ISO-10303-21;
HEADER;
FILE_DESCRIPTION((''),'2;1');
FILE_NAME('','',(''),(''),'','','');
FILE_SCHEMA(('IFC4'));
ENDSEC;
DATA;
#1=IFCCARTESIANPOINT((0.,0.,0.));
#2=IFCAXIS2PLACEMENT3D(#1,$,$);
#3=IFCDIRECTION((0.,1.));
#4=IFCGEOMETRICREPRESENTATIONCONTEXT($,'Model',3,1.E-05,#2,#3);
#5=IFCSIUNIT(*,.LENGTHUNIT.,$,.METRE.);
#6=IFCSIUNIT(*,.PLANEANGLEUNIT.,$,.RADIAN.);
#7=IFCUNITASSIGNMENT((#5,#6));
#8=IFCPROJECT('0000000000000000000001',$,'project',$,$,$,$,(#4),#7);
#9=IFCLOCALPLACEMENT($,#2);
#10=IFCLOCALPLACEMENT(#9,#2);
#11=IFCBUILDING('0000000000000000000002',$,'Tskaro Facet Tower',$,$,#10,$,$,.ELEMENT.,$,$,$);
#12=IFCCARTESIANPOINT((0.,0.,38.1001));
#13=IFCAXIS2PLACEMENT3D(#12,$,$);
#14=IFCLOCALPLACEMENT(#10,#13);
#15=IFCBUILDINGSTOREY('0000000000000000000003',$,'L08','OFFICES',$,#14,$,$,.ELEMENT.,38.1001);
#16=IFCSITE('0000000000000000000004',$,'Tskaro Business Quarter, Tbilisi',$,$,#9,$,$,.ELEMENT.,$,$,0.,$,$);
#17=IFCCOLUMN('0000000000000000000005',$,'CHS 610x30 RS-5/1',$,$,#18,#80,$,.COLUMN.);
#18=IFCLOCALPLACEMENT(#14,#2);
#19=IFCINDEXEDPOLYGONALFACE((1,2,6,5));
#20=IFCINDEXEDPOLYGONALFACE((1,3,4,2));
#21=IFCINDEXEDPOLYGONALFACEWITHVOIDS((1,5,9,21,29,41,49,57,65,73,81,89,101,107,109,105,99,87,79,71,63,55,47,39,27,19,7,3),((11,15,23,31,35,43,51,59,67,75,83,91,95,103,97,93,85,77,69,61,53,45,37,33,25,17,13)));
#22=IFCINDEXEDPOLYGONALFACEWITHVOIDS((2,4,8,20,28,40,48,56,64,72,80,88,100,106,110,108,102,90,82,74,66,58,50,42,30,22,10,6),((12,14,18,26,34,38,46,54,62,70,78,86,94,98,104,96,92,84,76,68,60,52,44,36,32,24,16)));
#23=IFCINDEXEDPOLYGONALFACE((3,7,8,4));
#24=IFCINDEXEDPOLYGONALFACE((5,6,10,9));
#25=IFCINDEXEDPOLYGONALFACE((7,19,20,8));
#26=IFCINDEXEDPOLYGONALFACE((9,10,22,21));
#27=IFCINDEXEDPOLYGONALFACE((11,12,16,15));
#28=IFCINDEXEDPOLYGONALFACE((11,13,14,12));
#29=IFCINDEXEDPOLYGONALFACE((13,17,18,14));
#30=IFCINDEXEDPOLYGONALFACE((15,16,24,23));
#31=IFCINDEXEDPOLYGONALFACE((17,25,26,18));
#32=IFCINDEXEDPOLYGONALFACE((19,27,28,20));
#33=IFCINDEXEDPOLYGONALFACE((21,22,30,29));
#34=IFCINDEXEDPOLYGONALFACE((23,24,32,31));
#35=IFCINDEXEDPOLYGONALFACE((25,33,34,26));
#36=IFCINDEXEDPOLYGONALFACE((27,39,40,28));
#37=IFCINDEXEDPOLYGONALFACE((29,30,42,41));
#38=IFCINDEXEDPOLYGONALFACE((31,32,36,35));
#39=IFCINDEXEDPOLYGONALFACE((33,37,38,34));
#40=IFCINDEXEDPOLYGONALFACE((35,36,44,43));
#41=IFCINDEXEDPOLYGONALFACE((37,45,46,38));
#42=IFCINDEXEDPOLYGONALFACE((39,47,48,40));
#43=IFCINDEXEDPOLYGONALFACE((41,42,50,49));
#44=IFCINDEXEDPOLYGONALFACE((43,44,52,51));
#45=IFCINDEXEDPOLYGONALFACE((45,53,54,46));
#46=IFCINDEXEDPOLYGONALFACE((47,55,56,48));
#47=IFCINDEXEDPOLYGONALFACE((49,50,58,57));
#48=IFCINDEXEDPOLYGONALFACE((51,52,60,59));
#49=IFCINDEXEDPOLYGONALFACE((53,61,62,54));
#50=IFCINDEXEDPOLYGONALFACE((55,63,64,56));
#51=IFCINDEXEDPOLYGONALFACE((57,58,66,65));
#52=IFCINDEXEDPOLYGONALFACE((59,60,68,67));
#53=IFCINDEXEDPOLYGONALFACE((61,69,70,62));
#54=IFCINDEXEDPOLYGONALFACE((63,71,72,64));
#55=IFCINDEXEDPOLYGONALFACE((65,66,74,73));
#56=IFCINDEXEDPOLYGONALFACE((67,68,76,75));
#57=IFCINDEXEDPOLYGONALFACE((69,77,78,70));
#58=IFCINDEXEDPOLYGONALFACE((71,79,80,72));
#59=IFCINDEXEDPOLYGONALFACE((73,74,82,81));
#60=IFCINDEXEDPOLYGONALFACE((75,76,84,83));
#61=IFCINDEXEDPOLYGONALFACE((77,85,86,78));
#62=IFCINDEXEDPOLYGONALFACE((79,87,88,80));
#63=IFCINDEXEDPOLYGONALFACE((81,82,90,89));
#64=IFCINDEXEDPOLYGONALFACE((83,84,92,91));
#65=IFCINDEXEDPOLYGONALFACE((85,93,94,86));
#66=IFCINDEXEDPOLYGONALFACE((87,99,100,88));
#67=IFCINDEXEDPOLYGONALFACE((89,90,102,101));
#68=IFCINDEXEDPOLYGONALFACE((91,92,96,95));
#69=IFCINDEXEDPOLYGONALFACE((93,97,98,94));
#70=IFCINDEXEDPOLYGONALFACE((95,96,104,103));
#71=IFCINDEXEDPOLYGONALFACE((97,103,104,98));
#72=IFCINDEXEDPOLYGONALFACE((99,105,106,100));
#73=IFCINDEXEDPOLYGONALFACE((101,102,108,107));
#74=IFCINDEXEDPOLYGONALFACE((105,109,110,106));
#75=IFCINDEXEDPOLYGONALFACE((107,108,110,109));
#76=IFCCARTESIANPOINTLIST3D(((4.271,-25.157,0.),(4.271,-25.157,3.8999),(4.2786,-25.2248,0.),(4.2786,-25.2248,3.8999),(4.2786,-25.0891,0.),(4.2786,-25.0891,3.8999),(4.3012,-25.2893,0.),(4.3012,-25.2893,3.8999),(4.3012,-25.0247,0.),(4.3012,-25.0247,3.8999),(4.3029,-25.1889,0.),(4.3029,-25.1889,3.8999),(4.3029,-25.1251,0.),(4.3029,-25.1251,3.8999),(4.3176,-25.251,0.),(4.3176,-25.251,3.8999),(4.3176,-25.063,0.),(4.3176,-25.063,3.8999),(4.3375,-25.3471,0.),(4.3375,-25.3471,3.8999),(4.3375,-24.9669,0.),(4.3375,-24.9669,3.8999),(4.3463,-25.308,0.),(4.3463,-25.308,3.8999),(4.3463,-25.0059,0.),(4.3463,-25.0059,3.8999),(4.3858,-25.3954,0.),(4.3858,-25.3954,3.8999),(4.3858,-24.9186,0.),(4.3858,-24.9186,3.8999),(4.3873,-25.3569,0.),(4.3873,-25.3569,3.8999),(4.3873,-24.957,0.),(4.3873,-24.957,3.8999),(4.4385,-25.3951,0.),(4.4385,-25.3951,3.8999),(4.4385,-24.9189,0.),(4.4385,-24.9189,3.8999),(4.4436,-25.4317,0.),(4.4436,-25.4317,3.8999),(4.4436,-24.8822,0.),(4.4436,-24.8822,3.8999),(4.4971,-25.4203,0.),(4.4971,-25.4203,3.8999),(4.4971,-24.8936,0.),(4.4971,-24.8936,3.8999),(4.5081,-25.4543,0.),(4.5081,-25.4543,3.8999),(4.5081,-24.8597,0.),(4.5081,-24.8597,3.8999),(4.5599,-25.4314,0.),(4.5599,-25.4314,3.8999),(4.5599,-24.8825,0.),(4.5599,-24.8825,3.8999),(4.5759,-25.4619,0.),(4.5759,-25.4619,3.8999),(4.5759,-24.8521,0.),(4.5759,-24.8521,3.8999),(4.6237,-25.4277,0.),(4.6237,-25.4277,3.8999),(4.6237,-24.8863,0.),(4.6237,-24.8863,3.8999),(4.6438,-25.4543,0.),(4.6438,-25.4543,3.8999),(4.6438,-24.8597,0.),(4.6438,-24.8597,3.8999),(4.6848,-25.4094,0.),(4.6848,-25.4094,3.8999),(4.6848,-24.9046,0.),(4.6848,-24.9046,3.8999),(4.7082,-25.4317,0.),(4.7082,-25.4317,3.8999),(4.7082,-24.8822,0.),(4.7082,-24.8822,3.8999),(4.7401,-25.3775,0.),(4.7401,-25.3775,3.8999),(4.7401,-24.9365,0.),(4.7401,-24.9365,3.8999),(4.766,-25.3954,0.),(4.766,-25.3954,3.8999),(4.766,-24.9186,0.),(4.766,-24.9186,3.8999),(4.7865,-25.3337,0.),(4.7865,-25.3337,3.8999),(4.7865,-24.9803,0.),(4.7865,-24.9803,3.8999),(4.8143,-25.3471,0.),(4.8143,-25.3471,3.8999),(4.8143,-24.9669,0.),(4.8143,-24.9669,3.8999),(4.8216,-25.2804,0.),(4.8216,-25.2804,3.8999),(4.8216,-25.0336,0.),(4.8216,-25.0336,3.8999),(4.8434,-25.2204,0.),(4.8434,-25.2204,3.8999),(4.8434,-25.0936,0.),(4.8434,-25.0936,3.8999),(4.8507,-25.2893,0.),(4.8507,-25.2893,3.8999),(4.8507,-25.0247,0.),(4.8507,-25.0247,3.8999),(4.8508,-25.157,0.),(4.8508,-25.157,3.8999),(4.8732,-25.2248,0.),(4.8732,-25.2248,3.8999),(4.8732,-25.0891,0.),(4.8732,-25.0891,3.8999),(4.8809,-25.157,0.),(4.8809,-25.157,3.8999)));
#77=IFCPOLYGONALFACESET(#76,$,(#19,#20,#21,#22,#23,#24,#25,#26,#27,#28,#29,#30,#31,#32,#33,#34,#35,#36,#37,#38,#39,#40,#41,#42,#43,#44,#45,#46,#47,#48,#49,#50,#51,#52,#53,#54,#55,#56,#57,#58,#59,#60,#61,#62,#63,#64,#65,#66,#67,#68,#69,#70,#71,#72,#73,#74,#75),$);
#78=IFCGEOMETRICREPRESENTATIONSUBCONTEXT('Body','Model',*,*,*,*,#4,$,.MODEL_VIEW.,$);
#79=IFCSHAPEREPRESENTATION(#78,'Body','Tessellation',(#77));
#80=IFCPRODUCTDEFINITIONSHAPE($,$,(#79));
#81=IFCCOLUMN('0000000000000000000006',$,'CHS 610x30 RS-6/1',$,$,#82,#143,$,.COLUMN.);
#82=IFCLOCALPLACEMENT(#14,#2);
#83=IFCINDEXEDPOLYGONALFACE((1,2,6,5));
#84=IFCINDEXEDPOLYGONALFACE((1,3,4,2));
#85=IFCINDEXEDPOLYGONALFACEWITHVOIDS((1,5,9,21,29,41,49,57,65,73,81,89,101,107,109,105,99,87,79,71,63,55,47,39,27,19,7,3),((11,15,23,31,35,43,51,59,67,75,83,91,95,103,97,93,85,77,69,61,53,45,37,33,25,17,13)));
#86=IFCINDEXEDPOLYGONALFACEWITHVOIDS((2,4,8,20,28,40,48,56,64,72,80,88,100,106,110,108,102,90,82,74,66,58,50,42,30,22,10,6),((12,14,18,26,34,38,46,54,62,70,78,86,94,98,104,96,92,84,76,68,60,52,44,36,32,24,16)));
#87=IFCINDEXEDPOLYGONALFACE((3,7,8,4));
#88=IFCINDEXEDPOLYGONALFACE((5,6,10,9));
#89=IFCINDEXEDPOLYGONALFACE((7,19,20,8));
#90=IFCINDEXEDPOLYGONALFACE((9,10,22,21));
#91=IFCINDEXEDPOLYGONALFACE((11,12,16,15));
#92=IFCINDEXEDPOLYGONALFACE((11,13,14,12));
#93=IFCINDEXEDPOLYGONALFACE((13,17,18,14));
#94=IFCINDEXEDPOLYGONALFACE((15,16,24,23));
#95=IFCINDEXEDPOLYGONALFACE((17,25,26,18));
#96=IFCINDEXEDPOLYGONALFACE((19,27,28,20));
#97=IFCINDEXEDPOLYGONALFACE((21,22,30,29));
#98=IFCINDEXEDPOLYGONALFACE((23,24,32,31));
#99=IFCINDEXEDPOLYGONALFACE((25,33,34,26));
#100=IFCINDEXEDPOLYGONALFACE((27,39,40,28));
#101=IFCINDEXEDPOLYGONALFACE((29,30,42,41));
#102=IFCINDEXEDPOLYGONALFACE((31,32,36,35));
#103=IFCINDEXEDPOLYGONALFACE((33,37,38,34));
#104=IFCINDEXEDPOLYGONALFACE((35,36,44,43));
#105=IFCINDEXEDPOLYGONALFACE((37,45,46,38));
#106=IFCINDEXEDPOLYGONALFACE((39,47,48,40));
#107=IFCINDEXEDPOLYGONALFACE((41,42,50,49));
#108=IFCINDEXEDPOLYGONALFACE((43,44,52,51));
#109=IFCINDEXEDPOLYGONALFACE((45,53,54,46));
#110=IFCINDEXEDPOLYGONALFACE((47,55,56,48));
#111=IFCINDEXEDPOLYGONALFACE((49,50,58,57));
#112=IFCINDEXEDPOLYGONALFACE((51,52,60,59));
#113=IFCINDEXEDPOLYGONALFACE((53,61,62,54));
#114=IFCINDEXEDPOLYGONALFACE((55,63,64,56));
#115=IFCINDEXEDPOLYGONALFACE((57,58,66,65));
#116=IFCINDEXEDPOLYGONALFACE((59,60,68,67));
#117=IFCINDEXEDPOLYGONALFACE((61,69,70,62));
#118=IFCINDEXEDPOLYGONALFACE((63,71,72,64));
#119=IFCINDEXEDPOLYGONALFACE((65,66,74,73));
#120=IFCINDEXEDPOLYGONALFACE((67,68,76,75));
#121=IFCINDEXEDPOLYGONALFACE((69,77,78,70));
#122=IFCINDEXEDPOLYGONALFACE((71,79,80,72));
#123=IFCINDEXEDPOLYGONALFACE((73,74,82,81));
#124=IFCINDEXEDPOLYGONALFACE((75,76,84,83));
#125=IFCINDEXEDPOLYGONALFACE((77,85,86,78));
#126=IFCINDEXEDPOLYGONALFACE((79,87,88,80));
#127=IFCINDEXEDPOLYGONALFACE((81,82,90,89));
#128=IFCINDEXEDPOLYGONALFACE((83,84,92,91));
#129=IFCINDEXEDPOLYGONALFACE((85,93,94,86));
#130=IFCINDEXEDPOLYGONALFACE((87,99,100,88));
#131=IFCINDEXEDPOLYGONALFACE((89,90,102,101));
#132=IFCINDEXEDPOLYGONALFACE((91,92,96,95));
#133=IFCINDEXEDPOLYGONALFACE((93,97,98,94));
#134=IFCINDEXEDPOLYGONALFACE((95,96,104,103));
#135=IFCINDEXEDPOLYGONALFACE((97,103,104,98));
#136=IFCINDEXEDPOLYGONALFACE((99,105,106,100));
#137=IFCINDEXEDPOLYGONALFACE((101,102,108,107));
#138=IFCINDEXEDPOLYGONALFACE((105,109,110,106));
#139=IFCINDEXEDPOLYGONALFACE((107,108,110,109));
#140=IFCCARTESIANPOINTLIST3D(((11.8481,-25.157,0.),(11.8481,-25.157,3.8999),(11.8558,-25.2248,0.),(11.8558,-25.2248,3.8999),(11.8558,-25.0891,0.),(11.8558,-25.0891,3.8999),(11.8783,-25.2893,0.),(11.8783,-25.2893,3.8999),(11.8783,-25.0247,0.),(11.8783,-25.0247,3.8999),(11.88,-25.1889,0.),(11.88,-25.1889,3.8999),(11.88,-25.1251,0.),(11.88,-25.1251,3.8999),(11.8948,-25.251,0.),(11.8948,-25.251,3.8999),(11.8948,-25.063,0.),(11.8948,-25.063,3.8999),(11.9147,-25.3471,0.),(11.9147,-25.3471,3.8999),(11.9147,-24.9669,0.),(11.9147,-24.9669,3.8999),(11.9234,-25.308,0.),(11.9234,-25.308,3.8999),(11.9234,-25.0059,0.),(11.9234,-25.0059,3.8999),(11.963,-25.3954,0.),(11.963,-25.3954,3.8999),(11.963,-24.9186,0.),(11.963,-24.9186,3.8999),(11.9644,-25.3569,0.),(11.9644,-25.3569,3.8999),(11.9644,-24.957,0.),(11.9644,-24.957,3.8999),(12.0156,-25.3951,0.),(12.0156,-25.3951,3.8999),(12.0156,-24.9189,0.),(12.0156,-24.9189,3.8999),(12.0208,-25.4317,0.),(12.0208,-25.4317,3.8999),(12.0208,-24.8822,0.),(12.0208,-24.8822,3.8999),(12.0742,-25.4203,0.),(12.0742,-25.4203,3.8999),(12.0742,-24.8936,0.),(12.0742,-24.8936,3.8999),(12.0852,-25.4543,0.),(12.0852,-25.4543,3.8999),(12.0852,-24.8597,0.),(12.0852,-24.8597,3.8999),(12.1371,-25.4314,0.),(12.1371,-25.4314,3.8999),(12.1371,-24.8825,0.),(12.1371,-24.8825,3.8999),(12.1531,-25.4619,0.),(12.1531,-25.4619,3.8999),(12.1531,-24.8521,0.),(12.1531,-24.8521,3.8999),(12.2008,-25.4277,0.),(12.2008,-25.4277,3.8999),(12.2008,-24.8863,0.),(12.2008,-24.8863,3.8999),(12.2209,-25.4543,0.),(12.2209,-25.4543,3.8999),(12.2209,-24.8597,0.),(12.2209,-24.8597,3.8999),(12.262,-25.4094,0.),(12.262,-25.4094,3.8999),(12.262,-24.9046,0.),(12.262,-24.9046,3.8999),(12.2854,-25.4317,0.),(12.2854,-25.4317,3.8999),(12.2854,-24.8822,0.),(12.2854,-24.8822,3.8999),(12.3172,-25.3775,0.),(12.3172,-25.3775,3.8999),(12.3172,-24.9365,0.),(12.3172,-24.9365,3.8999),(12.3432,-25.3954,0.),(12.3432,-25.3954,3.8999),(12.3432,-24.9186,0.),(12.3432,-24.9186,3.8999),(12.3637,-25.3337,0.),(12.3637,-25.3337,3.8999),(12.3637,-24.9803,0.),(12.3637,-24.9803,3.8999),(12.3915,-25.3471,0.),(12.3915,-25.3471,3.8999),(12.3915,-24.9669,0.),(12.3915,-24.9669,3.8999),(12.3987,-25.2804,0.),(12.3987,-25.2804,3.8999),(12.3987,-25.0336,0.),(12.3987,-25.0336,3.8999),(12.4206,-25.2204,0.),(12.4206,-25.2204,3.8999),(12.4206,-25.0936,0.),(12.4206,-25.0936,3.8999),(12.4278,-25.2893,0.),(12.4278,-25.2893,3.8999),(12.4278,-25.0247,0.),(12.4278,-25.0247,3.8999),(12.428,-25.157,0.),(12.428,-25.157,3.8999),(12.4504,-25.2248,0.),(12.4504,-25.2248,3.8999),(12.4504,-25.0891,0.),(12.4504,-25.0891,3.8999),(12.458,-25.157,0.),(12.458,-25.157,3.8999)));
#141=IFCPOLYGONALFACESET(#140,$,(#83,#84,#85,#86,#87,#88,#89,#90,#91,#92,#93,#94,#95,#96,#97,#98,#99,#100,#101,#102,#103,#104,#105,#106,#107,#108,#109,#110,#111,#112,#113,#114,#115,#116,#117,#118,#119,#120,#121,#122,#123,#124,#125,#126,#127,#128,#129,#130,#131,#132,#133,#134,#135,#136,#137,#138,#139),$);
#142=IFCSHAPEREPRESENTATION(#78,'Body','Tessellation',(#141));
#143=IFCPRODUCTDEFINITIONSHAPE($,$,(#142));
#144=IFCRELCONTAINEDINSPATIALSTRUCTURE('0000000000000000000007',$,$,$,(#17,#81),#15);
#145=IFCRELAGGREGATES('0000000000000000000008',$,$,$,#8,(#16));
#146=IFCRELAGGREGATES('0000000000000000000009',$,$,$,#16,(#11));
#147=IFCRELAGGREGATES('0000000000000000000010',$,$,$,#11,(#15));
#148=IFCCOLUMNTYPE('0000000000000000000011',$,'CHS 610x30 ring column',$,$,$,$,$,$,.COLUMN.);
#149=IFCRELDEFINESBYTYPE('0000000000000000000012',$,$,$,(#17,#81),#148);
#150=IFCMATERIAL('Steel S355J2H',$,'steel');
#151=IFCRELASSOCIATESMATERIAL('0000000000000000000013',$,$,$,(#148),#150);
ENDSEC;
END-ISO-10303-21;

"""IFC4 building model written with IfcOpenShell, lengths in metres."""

from ifc_helpers import new_model, si_unit, direction, frame, origin, origin_2d, place, context, subcontext, project, spatial, hollow_circle, extrude, material, material_profile, profile_set, type_object, element, save


model = new_model("IFC4")

# Units and contexts
model_context = context("Model", 3, precision=1e-05, world=origin(), true_north=direction((0.0, 1.0)))
body_context = subcontext(model_context, "Body", "Model", "MODEL_VIEW")
ifc_project = project(units=[si_unit("LENGTHUNIT", "METRE"), si_unit("PLANEANGLEUNIT", "RADIAN")], contexts=[model_context])

# Site, building, storey
site_placement = place(None, origin())
site = spatial("IfcSite", under=ifc_project, at=site_placement, Name="Tskaro Business Quarter, Tbilisi", CompositionType="ELEMENT", RefElevation=0.0)
building_placement = place(site_placement, origin())
building = spatial("IfcBuilding", under=site, at=building_placement, Name="Tskaro Facet Tower", CompositionType="ELEMENT")
storey_placement = place(building_placement, frame((0.0, 0.0, 38.1001)))
storey = spatial("IfcBuildingStorey", under=building, at=storey_placement, Name="L08", Description="OFFICES", CompositionType="ELEMENT", Elevation=38.1001)

# Columns
ifc_material_1 = material(Name="Steel S355J2H", Category="steel")
ifc_material_profile_1 = material_profile(ifc_material_1, hollow_circle(Radius=0.3049, WallThickness=0.03, at=origin_2d()), Name="CHS 610x30")
ifc_profile_set_1 = profile_set([ifc_material_profile_1], Name="Steel S355J2H")
column_type_1 = type_object("IfcColumnType", Name="CHS 610x30 ring column", PredefinedType="COLUMN", material=ifc_profile_set_1)
for number, where, z_axis, x_axis, name in (
    (1, (4.5759, -25.157, 0.0), (0.0, 0.0, 1.0), (1.0, 0.0, 0.0), "CHS 610x30 RS-5/1"),
    (2, (12.1531, -25.157, 0.0), (0.0, 0.0, 1.0), (1.0, 0.0, 0.0), "CHS 610x30 RS-6/1"),
):
    element("IfcColumn", number, at=place(storey_placement, frame(where, z_axis=z_axis, x_axis=x_axis)), inside=storey, type_object=column_type_1, Name=name, PredefinedType="COLUMN", context=body_context, shape_type="SweptSolid", body=[
        extrude(hollow_circle(Radius=0.3049, WallThickness=0.03, at=origin_2d()), origin(), (0.0, 0.0, 1.0), 3.8999),
    ])

save(model, "model.ifc")
